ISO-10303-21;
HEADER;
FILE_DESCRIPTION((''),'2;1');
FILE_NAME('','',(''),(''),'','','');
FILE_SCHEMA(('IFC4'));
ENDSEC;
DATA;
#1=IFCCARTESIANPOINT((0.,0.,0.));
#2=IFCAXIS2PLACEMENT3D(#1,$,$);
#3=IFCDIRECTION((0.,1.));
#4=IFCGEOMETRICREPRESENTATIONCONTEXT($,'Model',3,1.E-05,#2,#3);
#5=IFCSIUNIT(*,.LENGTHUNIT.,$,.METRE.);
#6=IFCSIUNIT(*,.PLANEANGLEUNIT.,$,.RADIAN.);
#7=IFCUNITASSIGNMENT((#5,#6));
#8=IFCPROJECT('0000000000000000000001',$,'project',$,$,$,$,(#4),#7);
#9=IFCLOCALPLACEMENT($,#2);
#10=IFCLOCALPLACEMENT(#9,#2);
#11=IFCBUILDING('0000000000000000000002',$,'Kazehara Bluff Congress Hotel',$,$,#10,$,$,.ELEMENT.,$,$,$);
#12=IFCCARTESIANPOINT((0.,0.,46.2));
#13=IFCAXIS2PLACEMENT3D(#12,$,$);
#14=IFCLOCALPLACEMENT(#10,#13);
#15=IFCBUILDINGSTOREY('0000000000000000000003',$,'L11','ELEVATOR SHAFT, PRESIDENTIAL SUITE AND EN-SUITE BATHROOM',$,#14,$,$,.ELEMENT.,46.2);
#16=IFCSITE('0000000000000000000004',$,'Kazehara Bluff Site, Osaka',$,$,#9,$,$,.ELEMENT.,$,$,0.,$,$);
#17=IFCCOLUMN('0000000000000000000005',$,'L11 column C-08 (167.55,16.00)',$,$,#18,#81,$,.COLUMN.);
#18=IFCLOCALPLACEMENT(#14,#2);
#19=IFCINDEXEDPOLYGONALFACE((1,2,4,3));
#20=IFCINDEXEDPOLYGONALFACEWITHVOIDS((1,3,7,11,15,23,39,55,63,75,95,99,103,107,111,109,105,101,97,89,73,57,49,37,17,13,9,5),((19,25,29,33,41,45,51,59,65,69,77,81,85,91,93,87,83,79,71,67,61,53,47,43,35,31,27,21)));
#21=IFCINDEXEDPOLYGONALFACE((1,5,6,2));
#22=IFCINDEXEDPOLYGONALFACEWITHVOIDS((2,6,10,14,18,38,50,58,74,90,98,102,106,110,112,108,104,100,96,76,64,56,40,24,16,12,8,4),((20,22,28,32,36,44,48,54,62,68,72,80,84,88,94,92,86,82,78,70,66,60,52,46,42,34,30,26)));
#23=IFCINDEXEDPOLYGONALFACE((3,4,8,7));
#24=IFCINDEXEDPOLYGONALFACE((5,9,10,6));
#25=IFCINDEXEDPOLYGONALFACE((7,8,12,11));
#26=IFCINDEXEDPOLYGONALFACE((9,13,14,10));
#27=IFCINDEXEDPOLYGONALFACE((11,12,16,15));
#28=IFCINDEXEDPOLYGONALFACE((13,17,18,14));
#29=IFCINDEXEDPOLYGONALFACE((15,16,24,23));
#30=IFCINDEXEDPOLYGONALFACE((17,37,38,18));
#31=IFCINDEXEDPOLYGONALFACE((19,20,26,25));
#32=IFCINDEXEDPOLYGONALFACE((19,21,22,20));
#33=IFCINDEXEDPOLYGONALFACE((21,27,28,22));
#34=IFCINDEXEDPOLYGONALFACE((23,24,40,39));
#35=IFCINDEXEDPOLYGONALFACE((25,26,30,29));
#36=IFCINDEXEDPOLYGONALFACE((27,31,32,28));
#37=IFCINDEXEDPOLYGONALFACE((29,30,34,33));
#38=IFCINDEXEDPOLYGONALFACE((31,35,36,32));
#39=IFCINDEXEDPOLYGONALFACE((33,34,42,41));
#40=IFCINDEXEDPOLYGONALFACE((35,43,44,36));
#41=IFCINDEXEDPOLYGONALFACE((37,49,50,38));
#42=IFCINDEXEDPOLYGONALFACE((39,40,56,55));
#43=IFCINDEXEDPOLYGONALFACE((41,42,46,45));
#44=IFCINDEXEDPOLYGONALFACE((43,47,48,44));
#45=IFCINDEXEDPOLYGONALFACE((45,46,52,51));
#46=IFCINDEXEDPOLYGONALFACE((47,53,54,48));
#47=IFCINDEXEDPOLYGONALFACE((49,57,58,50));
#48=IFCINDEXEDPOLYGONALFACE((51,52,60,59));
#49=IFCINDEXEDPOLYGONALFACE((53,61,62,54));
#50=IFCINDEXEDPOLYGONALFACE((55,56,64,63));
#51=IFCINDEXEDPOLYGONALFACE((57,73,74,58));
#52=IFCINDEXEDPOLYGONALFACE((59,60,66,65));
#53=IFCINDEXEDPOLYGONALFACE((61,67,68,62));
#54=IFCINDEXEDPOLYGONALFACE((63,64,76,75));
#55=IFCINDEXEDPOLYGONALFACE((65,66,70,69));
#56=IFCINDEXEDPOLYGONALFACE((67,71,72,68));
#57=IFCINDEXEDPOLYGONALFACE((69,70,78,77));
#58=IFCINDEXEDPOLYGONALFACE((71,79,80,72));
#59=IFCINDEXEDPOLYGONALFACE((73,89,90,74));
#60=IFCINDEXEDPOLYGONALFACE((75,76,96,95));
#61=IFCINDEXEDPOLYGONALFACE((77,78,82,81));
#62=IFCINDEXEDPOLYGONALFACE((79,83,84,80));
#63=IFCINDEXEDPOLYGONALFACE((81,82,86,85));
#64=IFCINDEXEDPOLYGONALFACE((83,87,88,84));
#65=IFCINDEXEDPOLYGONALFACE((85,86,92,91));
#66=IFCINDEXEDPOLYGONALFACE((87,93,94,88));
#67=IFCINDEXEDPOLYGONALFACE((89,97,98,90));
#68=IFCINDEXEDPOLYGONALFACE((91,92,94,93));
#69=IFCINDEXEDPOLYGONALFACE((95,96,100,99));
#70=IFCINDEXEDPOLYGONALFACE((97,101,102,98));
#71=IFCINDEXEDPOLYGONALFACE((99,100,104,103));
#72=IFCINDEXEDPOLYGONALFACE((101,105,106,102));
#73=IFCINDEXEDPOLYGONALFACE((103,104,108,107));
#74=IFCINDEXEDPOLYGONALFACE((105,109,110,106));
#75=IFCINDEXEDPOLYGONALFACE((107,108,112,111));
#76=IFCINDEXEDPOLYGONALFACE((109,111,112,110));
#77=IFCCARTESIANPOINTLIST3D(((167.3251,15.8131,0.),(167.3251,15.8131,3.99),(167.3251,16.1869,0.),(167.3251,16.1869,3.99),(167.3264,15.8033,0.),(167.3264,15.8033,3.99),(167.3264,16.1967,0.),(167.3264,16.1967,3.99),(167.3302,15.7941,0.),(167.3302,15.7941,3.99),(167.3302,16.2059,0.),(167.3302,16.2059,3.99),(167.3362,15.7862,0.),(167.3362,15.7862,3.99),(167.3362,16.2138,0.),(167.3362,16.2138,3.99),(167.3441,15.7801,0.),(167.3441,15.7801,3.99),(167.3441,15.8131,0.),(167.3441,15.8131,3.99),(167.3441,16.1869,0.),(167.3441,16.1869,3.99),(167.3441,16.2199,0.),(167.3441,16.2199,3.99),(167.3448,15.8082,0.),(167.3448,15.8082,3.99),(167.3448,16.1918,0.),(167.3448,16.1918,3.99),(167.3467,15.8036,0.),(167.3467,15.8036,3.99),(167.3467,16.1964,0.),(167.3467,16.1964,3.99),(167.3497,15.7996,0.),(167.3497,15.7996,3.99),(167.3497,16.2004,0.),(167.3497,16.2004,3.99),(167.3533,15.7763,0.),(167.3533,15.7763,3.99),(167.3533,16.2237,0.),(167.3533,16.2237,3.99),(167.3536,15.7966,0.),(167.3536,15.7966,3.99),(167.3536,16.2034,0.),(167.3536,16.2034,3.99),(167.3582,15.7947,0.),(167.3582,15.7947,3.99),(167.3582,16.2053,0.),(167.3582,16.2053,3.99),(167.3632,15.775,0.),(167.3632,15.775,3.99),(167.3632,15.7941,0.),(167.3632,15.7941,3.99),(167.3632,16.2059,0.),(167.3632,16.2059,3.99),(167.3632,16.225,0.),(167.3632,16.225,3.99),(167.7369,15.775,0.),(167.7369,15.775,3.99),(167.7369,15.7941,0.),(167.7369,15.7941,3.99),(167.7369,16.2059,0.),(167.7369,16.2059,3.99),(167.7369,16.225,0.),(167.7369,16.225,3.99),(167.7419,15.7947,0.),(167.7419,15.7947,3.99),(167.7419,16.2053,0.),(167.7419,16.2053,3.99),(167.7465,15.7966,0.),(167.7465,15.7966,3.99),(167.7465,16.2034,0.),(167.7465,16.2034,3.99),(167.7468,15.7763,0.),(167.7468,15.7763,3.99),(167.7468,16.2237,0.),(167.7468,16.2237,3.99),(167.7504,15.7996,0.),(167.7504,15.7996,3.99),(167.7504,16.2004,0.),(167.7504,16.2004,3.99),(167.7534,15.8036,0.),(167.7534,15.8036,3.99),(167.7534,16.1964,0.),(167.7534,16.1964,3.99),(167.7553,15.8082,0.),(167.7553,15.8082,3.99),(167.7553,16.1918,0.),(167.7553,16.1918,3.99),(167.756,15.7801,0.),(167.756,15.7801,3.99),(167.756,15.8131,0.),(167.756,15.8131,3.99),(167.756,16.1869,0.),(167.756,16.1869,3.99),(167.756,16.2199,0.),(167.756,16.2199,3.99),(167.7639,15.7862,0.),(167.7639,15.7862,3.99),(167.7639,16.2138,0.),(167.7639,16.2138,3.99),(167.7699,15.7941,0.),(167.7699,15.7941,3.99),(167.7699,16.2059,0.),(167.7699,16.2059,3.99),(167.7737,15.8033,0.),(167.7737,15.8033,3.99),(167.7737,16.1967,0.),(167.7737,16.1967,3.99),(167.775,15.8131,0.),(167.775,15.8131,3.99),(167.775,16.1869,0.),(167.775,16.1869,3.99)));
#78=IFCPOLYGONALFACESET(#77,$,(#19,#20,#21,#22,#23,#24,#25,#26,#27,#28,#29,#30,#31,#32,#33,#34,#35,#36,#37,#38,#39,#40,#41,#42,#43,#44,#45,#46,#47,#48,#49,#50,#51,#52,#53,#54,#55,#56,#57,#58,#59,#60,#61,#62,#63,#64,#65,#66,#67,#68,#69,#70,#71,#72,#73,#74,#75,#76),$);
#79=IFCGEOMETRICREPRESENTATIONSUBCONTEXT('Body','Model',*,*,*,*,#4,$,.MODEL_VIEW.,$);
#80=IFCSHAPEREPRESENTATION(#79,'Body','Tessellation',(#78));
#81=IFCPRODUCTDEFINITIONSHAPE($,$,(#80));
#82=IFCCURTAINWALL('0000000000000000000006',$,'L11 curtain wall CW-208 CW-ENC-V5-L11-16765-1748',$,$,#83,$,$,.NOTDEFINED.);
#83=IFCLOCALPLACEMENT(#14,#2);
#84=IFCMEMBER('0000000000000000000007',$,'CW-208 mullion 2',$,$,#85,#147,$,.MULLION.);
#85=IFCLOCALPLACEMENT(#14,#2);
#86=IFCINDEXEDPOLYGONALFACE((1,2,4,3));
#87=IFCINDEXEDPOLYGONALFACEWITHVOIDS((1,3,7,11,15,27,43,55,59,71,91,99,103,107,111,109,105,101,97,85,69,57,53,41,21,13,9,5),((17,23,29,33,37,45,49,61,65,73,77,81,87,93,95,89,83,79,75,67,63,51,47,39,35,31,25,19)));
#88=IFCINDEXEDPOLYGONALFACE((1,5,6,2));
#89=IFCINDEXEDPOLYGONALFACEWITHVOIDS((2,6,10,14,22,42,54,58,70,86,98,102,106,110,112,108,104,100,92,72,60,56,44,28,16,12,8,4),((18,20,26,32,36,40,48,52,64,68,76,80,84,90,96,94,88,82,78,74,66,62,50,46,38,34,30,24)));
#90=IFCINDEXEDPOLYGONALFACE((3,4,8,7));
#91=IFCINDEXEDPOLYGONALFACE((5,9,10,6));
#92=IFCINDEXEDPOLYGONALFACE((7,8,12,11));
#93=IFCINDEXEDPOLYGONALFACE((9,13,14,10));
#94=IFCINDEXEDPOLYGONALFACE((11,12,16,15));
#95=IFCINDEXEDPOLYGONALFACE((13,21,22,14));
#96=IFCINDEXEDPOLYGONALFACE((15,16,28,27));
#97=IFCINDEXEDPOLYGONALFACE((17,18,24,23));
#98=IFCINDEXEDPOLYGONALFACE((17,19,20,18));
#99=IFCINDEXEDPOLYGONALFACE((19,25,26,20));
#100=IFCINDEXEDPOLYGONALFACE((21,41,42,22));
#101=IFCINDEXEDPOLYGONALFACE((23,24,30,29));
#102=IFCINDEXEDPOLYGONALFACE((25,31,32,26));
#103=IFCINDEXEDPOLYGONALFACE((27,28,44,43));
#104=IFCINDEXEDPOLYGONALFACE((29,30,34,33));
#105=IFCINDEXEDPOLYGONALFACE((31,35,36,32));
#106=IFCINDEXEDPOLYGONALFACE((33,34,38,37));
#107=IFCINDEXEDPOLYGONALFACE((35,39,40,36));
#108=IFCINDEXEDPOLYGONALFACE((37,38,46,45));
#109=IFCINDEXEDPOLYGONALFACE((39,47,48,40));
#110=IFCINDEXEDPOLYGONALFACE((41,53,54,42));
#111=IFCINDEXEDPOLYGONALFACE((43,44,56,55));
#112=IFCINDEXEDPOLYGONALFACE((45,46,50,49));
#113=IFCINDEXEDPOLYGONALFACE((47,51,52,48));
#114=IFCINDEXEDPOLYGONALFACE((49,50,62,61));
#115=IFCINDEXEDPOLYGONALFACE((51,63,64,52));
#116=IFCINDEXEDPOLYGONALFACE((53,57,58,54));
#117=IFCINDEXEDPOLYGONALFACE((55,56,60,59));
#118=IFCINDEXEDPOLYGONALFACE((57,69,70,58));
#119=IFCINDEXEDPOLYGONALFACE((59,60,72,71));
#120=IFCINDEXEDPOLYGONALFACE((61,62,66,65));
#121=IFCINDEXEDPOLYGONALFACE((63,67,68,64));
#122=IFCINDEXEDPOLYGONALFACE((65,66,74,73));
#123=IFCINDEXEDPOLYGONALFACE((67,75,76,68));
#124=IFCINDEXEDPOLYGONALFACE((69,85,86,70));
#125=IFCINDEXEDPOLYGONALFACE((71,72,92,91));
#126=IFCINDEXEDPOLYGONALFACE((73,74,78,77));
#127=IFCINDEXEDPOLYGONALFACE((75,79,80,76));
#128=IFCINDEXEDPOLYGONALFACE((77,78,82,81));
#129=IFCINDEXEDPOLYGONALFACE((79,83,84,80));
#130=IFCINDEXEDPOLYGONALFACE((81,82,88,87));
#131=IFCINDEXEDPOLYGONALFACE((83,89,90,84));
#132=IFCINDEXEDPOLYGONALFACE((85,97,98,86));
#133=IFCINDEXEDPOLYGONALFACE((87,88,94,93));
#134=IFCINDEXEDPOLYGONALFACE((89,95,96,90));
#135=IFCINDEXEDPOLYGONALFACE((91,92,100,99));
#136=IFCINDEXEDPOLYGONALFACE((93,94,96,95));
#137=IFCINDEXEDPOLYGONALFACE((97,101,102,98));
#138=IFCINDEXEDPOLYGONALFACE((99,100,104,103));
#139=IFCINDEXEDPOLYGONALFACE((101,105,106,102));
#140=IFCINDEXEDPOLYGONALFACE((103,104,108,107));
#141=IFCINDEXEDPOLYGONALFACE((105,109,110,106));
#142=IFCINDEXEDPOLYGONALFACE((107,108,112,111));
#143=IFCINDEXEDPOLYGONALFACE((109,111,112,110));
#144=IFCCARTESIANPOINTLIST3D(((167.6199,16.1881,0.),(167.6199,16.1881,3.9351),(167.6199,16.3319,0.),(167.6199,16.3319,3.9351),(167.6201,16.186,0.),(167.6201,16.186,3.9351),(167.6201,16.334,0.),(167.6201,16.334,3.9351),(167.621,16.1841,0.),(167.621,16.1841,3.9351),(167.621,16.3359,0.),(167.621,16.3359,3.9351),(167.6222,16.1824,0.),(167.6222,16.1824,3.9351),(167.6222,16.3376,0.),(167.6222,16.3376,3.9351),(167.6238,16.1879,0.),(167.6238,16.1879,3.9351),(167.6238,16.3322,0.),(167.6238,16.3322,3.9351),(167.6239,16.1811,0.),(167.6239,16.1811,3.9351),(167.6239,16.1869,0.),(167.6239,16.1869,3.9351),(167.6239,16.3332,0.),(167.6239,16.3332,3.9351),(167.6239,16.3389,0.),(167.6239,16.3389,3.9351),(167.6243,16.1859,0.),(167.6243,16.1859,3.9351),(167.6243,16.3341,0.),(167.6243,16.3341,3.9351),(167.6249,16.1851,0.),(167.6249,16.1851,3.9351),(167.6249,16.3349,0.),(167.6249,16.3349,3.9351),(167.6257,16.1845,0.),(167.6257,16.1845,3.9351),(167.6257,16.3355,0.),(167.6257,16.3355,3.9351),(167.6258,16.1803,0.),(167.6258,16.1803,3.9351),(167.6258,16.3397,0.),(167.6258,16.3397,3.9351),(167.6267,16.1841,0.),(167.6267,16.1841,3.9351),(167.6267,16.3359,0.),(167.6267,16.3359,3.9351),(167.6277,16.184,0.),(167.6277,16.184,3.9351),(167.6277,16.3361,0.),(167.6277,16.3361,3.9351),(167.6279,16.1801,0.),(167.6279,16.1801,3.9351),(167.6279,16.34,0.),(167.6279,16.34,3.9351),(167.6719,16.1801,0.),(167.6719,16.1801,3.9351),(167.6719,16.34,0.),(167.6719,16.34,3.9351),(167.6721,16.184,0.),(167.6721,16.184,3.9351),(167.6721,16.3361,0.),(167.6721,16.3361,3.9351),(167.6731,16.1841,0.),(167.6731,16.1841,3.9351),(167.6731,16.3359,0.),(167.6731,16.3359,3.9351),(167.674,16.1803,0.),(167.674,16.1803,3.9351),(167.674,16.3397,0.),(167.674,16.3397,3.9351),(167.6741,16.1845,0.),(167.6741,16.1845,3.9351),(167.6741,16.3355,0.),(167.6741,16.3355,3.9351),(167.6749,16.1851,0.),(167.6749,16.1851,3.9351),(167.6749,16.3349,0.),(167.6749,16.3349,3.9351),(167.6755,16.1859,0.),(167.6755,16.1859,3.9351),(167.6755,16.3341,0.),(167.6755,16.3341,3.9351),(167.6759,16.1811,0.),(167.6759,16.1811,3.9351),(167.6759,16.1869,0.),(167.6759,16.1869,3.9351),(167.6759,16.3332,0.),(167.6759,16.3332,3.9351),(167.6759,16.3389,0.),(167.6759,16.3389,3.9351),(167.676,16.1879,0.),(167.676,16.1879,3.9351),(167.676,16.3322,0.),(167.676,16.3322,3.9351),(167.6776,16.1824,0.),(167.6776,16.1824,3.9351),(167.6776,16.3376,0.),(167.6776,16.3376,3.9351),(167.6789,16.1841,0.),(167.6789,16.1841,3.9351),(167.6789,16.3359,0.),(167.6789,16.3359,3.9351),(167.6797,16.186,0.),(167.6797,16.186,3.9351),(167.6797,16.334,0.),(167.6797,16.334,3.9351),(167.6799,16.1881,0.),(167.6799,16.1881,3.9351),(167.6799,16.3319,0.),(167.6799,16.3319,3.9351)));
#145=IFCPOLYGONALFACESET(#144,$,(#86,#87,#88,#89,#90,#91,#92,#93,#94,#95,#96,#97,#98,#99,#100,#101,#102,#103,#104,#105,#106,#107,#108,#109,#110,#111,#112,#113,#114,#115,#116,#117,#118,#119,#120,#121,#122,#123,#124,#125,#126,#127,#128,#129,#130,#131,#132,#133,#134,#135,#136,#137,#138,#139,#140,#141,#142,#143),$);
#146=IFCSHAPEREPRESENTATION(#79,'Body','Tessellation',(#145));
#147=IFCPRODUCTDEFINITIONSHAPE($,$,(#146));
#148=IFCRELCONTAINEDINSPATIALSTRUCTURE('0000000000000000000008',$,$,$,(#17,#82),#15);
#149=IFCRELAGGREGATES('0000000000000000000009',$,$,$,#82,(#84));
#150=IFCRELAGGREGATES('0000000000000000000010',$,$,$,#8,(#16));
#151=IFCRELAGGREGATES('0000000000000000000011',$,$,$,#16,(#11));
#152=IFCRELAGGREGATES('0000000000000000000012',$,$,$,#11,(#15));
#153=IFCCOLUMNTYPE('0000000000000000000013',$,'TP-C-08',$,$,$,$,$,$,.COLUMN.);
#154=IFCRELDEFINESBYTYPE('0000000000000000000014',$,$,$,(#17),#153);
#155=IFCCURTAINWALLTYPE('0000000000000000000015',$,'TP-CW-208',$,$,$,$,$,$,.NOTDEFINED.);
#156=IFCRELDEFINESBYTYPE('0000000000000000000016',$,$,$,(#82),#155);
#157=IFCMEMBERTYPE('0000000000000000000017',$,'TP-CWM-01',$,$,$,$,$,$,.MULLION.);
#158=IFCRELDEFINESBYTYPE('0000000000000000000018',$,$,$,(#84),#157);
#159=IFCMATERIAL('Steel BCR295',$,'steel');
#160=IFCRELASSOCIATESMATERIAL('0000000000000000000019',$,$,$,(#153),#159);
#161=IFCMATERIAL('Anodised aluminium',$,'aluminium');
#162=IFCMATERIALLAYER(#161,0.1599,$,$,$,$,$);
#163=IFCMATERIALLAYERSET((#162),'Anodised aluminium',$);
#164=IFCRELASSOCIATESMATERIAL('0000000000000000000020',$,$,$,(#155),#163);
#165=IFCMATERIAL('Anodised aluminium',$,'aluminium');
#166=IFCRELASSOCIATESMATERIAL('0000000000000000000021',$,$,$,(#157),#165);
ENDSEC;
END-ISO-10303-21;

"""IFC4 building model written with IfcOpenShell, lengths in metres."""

from ifc_helpers import new_model, si_unit, direction, frame, origin, origin_2d, place, context, subcontext, project, spatial, hollow_rectangle, extrude, material, layer, layer_set, material_profile, profile_set, type_object, element, aggregate, save


model = new_model("IFC4")

# Units and contexts
model_context = context("Model", 3, precision=1e-05, world=origin(), true_north=direction((0.0, 1.0)))
body_context = subcontext(model_context, "Body", "Model", "MODEL_VIEW")
ifc_project = project(units=[si_unit("LENGTHUNIT", "METRE"), si_unit("PLANEANGLEUNIT", "RADIAN")], contexts=[model_context])

# Site, building, storey
site_placement = place(None, origin())
site = spatial("IfcSite", under=ifc_project, at=site_placement, Name="Kazehara Bluff Site, Osaka", CompositionType="ELEMENT", RefElevation=0.0)
building_placement = place(site_placement, origin())
building = spatial("IfcBuilding", under=site, at=building_placement, Name="Kazehara Bluff Congress Hotel", CompositionType="ELEMENT")
storey_placement = place(building_placement, frame((0.0, 0.0, 46.2)))
storey = spatial("IfcBuildingStorey", under=building, at=storey_placement, Name="L11", Description="ELEVATOR SHAFT, PRESIDENTIAL SUITE AND EN-SUITE BATHROOM", CompositionType="ELEMENT", Elevation=46.2)

# Column
ifc_material_1 = material(Name="Steel BCR295", Category="steel")
ifc_material_profile_1 = material_profile(ifc_material_1, hollow_rectangle(XDim=0.45, YDim=0.45, WallThickness=0.019, InnerFilletRadius=0.019, OuterFilletRadius=0.0381, at=origin_2d()))
ifc_profile_set_1 = profile_set([ifc_material_profile_1], Name="Steel BCR295")
column_type = type_object("IfcColumnType", Name="TP-C-08", PredefinedType="COLUMN", material=ifc_profile_set_1)
column_placement = place(storey_placement, frame((167.55, 16.0, 0.0), z_axis=(0.0, 0.0, 1.0), x_axis=(1.0, 0.0, 0.0)))
element("IfcColumn", 1, at=column_placement, inside=storey, type_object=column_type, Name="L11 column C-08 (167.55,16.00)", PredefinedType="COLUMN", context=body_context, shape_type="SweptSolid", body=[
    extrude(hollow_rectangle(XDim=0.45, YDim=0.45, WallThickness=0.019, InnerFilletRadius=0.019, OuterFilletRadius=0.0381, at=origin_2d()), origin(), (0.0, 0.0, 1.0), 3.99),
])

# Curtain wall, member
ifc_material_2 = material(Name="Anodised aluminium", Category="aluminium")
ifc_layer_1 = layer(ifc_material_2, 0.1599)
ifc_layer_set_1 = layer_set([ifc_layer_1], Name="Anodised aluminium")
curtain_wall_type_1 = type_object("IfcCurtainWallType", Name="TP-CW-208", PredefinedType="NOTDEFINED", material=ifc_layer_set_1)
curtain_wall_1_placement = place(storey_placement, origin())
curtain_wall_1 = element("IfcCurtainWall", 2, at=curtain_wall_1_placement, inside=storey, type_object=curtain_wall_type_1, Name="L11 curtain wall CW-208 CW-ENC-V5-L11-16765-1748", PredefinedType="NOTDEFINED")
ifc_material_3 = material(Name="Anodised aluminium", Category="aluminium")
ifc_material_profile_2 = material_profile(ifc_material_3, hollow_rectangle(XDim=0.0601, YDim=0.1599, WallThickness=0.0039, InnerFilletRadius=0.0039, OuterFilletRadius=0.0081, at=origin_2d()))
ifc_profile_set_2 = profile_set([ifc_material_profile_2], Name="Anodised aluminium")
member_type_1 = type_object("IfcMemberType", Name="TP-CWM-01", PredefinedType="MULLION", material=ifc_profile_set_2)
member_1_placement = place(storey_placement, frame((167.6499, 16.26, 0.0), z_axis=(0.0, 0.0, 1.0), x_axis=(1.0, 0.0, 0.0)))
member_1 = element("IfcMember", 3, at=member_1_placement, type_object=member_type_1, Name="CW-208 mullion 2", PredefinedType="MULLION", context=body_context, shape_type="SweptSolid", body=[
    extrude(hollow_rectangle(XDim=0.0601, YDim=0.1599, WallThickness=0.0039, InnerFilletRadius=0.0039, OuterFilletRadius=0.0081, at=origin_2d()), origin(), (0.0, 0.0, 1.0), 3.9351),
])

aggregate(curtain_wall_1, [member_1])

save(model, "model.ifc")
